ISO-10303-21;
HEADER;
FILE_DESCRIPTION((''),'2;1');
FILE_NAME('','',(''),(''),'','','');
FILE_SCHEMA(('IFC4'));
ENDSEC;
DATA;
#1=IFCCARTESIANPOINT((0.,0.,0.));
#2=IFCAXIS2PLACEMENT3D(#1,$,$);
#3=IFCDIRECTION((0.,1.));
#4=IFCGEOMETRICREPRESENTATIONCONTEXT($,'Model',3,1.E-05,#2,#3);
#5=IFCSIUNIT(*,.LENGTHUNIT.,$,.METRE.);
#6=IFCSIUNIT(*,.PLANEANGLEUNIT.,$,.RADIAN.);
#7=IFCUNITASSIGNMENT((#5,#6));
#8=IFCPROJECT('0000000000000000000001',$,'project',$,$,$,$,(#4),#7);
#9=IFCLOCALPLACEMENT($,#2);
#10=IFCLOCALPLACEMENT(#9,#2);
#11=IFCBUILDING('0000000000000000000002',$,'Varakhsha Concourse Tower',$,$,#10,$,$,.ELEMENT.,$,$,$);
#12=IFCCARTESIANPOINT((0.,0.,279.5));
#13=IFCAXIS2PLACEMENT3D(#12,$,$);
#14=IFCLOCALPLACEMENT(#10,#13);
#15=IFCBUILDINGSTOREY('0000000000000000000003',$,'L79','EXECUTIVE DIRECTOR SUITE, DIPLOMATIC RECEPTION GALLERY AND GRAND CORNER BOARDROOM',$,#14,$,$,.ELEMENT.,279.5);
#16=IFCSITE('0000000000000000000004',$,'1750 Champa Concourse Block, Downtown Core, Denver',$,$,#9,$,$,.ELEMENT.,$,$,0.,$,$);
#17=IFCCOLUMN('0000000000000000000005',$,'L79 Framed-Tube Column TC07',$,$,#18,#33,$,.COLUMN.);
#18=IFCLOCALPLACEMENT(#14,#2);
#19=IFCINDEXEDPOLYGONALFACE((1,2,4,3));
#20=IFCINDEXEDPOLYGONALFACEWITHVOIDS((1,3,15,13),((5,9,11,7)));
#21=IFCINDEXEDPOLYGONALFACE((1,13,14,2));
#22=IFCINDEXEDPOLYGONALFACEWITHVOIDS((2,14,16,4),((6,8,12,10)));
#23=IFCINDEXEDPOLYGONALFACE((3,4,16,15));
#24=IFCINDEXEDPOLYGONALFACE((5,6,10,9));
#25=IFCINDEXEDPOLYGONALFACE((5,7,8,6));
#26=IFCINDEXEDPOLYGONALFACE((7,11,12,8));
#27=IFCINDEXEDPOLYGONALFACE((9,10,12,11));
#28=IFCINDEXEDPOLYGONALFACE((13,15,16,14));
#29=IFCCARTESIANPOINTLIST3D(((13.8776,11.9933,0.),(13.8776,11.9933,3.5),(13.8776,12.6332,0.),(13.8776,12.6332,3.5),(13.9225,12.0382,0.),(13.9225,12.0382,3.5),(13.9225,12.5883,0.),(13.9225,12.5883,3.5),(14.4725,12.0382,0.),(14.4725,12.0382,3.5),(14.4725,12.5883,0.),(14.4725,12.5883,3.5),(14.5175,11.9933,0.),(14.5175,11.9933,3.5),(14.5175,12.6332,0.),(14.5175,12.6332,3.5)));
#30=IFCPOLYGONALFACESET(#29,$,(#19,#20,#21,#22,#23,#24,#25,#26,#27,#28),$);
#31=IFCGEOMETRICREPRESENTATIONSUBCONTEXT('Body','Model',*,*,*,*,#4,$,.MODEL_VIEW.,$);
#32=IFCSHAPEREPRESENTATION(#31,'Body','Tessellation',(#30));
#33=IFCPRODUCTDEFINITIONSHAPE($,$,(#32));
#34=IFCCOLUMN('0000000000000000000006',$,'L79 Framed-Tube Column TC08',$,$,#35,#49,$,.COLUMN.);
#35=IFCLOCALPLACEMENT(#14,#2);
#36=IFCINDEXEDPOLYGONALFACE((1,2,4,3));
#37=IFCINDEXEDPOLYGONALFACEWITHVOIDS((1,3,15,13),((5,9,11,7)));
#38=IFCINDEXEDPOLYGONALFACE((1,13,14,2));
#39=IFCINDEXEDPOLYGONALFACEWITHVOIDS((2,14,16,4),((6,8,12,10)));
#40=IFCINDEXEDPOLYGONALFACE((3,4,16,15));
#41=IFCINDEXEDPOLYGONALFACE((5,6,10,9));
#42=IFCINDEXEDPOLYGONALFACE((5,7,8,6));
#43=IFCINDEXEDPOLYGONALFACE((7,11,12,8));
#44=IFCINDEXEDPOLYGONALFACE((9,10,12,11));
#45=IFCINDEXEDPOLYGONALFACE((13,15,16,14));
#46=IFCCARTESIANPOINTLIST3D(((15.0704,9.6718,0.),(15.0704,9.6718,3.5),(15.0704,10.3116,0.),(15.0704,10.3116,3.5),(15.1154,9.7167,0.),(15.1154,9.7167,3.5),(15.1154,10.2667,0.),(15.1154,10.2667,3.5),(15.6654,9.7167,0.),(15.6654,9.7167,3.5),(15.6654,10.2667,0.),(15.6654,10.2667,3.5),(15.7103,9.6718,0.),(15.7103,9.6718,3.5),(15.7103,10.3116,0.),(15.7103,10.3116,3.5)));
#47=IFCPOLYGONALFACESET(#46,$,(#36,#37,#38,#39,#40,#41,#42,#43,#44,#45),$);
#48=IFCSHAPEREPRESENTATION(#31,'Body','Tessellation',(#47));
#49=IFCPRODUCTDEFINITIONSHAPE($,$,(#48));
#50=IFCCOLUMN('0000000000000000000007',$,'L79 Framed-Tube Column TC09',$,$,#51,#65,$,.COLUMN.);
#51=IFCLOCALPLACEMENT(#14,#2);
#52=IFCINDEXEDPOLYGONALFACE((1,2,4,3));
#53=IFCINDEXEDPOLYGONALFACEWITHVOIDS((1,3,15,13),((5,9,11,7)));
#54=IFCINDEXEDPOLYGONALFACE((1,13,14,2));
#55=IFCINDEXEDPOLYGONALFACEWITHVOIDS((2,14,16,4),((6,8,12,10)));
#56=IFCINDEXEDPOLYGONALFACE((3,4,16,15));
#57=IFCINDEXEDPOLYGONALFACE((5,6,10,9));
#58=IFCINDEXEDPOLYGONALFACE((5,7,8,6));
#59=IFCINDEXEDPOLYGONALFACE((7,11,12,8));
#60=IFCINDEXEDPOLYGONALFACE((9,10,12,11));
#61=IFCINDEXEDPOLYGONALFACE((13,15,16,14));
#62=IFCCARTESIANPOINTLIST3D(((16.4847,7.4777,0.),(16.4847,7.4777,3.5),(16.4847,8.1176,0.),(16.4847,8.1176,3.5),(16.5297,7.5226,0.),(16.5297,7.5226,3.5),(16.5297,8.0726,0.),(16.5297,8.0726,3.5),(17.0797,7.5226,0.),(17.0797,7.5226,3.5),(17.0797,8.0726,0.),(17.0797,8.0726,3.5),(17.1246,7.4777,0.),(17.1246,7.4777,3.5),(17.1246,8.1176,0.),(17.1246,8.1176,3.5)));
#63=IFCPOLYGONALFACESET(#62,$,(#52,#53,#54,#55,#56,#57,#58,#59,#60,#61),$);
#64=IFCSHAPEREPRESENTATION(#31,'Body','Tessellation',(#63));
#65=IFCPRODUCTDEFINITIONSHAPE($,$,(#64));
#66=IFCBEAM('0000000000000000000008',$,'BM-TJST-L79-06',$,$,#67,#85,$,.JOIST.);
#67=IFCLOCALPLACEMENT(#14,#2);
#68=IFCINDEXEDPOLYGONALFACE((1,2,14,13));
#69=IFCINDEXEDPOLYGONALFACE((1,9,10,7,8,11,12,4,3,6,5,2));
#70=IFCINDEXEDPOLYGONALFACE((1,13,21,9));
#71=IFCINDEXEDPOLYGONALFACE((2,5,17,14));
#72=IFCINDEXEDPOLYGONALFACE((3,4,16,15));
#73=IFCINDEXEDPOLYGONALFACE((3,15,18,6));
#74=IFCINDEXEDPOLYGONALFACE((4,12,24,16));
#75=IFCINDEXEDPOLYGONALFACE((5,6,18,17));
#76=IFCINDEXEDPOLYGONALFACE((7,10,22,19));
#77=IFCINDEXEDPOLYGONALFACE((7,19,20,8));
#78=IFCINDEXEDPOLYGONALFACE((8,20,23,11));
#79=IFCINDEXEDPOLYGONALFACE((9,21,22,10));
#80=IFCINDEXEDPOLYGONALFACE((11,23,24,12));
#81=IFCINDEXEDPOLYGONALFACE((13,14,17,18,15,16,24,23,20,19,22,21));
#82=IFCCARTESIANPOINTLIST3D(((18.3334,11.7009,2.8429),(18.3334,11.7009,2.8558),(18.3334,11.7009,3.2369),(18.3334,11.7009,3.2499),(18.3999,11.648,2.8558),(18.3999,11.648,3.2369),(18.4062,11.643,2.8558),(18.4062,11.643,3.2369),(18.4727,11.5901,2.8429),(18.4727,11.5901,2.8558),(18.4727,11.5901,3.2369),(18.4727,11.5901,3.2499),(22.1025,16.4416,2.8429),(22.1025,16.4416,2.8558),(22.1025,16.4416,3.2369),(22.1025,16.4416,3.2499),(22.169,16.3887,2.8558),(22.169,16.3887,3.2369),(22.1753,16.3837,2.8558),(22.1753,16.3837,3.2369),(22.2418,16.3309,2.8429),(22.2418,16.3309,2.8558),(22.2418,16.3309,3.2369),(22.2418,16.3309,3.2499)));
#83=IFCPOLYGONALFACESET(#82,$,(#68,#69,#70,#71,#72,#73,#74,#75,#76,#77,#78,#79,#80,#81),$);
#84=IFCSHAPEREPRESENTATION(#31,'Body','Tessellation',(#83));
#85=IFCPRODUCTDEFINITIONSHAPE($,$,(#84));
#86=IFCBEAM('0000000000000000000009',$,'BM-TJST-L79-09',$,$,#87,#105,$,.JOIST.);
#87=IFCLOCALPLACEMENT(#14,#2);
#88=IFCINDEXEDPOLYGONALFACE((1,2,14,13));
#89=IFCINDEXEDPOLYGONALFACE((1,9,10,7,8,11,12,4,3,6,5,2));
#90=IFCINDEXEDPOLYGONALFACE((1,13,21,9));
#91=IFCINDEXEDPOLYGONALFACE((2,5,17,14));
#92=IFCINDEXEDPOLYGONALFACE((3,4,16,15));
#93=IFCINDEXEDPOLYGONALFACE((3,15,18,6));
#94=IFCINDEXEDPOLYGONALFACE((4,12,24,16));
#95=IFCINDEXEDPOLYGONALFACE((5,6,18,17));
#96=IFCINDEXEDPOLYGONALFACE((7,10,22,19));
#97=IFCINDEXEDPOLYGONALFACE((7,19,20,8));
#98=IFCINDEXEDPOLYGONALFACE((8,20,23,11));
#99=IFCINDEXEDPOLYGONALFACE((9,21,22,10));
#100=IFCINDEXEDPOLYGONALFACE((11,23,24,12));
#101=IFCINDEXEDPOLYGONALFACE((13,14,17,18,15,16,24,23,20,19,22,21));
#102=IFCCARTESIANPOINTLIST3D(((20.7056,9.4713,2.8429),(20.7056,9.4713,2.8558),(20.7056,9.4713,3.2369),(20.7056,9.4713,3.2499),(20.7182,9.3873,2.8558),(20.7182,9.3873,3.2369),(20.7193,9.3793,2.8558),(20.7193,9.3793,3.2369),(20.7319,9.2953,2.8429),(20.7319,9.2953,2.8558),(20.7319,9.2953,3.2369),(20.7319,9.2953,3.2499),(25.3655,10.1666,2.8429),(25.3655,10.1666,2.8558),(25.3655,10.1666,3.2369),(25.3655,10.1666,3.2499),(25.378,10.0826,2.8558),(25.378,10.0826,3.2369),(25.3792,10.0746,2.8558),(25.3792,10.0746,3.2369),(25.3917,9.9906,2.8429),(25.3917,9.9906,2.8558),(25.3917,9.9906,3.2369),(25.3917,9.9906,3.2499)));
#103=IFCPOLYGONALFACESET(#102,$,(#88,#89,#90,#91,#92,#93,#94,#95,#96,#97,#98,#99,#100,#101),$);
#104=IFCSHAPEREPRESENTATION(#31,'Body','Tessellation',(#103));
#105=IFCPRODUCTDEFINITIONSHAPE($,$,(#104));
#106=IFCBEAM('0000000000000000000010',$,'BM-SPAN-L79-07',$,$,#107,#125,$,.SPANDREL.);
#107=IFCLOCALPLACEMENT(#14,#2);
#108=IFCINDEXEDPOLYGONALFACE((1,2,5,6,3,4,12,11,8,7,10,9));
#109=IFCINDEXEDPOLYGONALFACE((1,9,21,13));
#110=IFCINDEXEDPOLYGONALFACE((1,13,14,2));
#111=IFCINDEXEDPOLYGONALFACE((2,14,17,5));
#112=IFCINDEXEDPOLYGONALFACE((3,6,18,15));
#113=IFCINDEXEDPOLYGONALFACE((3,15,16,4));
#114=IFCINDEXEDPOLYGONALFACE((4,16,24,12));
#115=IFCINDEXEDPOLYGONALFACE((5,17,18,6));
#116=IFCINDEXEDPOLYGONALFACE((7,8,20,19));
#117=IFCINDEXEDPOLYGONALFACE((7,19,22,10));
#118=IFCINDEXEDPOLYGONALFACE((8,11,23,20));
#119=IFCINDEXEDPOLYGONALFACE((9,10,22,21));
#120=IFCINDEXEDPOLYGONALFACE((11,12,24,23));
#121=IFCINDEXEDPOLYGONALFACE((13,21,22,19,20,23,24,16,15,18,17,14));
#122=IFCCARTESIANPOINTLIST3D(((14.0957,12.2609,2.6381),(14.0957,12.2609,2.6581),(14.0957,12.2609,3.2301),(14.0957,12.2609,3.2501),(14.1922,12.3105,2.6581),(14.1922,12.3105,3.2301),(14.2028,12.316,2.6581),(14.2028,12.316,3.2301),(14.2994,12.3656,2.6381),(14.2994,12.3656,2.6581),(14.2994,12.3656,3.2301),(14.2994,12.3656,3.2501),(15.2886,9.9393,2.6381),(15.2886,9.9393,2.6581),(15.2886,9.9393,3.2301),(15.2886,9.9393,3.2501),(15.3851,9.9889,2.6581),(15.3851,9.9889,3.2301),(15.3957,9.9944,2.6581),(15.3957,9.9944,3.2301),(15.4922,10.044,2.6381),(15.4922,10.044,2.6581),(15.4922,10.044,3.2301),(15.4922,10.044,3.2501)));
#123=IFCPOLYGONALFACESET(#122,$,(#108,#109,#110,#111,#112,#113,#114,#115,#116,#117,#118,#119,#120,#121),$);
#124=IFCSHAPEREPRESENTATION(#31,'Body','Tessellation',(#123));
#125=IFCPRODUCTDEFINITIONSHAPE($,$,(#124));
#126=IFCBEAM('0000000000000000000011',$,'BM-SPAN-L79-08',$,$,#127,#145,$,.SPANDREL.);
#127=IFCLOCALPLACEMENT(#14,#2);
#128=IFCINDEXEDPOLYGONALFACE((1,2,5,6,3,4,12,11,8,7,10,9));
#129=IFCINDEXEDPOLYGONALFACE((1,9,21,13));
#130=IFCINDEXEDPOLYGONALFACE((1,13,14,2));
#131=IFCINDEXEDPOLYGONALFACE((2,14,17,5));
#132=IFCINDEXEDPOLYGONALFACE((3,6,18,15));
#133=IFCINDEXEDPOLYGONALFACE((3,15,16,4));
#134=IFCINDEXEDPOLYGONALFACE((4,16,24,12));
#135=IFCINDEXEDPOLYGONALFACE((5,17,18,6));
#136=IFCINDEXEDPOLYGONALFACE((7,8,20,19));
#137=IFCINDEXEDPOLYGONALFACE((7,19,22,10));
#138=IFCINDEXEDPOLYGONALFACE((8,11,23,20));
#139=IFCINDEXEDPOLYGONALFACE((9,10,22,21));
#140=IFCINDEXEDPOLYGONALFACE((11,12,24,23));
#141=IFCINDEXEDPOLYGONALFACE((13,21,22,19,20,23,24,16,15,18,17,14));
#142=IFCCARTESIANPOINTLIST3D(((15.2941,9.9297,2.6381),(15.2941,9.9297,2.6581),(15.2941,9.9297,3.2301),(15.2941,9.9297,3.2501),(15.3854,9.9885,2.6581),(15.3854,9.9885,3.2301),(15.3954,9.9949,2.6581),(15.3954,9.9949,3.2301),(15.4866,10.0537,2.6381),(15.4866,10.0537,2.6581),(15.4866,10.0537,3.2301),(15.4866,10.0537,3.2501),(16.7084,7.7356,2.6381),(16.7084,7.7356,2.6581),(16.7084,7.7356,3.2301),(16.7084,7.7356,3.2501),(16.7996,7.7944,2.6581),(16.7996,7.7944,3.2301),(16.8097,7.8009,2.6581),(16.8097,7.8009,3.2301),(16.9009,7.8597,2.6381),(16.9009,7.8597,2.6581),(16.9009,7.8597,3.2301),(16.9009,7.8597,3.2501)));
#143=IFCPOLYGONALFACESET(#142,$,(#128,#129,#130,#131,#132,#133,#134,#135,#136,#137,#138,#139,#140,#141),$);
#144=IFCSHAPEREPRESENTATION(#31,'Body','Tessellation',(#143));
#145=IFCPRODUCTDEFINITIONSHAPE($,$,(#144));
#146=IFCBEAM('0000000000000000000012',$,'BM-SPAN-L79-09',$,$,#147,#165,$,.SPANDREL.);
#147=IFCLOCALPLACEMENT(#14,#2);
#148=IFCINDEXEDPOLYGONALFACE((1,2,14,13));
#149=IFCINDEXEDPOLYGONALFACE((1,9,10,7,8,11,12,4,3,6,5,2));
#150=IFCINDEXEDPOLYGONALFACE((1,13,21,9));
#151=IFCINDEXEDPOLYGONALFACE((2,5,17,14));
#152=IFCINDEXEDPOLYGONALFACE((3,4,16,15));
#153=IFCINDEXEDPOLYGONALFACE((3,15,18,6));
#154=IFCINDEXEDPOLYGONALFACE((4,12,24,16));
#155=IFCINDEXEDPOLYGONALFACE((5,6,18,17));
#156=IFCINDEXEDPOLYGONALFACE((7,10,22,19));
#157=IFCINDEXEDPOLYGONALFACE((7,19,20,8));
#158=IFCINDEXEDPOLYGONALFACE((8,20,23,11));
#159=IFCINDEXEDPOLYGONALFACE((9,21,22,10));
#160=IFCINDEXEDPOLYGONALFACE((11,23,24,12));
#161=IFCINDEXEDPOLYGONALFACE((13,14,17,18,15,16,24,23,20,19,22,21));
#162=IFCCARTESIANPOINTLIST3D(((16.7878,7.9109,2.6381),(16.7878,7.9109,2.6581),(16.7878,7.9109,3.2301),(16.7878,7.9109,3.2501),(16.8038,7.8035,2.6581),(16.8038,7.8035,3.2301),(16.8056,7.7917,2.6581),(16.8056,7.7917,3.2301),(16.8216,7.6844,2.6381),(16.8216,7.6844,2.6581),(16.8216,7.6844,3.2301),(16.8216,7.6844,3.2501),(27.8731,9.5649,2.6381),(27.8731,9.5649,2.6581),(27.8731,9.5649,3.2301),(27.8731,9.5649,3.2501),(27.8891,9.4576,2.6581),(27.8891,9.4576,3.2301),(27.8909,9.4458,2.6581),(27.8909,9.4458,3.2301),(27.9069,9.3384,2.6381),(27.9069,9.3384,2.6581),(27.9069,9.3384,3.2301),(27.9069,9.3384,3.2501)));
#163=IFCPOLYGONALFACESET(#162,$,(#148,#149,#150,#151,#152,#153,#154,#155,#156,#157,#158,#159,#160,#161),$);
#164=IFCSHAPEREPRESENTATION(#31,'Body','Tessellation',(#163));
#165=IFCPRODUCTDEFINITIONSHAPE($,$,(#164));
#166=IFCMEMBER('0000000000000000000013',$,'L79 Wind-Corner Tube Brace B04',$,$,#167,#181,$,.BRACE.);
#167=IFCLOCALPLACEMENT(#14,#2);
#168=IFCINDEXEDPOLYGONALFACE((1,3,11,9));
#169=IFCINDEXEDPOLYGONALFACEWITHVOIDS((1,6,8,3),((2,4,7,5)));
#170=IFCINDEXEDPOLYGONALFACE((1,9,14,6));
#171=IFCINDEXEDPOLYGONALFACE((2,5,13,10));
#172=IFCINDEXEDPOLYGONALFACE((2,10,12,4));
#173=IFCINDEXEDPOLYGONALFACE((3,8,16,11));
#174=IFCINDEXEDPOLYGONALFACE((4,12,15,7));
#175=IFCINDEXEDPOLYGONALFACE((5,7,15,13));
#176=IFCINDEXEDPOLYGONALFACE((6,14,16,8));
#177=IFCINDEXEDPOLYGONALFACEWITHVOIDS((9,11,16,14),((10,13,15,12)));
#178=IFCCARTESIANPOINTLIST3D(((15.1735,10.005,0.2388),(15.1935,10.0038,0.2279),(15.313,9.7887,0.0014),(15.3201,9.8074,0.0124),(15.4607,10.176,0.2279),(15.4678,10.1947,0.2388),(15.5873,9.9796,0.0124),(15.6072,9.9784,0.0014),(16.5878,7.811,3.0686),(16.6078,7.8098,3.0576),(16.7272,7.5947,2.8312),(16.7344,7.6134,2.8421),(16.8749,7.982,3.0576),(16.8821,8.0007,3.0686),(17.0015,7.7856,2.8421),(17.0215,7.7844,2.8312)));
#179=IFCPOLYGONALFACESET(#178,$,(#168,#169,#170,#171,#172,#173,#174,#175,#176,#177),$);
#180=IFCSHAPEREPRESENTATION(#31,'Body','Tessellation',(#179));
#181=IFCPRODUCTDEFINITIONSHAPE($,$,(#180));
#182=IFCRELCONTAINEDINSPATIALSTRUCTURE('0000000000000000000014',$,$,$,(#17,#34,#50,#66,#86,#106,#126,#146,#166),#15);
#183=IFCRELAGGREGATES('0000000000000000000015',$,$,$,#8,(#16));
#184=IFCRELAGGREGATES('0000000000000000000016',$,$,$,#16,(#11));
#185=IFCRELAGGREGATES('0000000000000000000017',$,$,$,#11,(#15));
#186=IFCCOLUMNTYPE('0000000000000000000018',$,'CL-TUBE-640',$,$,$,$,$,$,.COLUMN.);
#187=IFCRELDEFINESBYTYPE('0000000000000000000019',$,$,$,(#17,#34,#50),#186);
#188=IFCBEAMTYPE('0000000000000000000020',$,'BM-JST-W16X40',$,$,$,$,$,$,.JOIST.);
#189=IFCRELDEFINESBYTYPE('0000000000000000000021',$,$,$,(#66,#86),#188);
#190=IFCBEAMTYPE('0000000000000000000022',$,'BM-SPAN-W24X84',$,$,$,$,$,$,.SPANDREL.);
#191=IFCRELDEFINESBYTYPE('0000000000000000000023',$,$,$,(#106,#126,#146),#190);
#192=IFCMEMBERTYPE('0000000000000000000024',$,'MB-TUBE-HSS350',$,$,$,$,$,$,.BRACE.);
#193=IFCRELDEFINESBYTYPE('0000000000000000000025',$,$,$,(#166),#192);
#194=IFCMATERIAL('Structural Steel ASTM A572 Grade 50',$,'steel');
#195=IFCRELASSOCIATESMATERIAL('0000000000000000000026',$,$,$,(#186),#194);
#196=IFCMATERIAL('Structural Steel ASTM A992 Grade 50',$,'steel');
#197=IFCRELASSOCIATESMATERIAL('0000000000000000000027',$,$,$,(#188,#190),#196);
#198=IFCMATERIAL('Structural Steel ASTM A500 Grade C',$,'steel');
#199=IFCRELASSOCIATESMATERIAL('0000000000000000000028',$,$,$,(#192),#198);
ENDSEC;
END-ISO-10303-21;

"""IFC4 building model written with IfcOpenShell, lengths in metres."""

from ifc_helpers import new_model, si_unit, direction, frame, origin, origin_2d, place, context, subcontext, project, spatial, hollow_rectangle, i_section, extrude, source, transform, mapped, material, material_profile, profile_set, type_object, element, save


model = new_model("IFC4")

# Units and contexts
model_context = context("Model", 3, precision=1e-05, world=origin(), true_north=direction((0.0, 1.0)))
body_context = subcontext(model_context, "Body", "Model", "MODEL_VIEW")
ifc_project = project(units=[si_unit("LENGTHUNIT", "METRE"), si_unit("PLANEANGLEUNIT", "RADIAN")], contexts=[model_context])

# Site, building, storey
site_placement = place(None, origin())
site = spatial("IfcSite", under=ifc_project, at=site_placement, Name="1750 Champa Concourse Block, Downtown Core, Denver", CompositionType="ELEMENT", RefElevation=0.0)
building_placement = place(site_placement, origin())
building = spatial("IfcBuilding", under=site, at=building_placement, Name="Varakhsha Concourse Tower", CompositionType="ELEMENT")
storey_placement = place(building_placement, frame((0.0, 0.0, 279.5)))
storey = spatial("IfcBuildingStorey", under=building, at=storey_placement, Name="L79", Description="EXECUTIVE DIRECTOR SUITE, DIPLOMATIC RECEPTION GALLERY AND GRAND CORNER BOARDROOM", CompositionType="ELEMENT", Elevation=279.5)

# Columns
ifc_material_1 = material(Name="Structural Steel ASTM A572 Grade 50", Category="steel")
ifc_material_profile_1 = material_profile(ifc_material_1, hollow_rectangle(XDim=0.6399, YDim=0.6399, WallThickness=0.0449, at=origin_2d()), Name="BOX 640x640x45")
ifc_profile_set_1 = profile_set([ifc_material_profile_1], Name="Structural Steel ASTM A572 Grade 50")
column_type = type_object("IfcColumnType", Name="CL-TUBE-640", PredefinedType="COLUMN", material=ifc_profile_set_1)
for number, where, z_axis, x_axis, name in (
    (1, (14.1975, 12.3132, 0.0), (0.0, 0.0, 1.0), (1.0, 0.0, 0.0), "L79 Framed-Tube Column TC07"),
    (2, (15.3904, 9.9917, 0.0), (0.0, 0.0, 1.0), (1.0, 0.0, 0.0), "L79 Framed-Tube Column TC08"),
    (3, (16.8047, 7.7976, 0.0), (0.0, 0.0, 1.0), (1.0, 0.0, 0.0), "L79 Framed-Tube Column TC09"),
):
    element("IfcColumn", number, at=place(storey_placement, frame(where, z_axis=z_axis, x_axis=x_axis)), inside=storey, type_object=column_type, Name=name, PredefinedType="COLUMN", context=body_context, shape_type="SweptSolid", body=[
        extrude(hollow_rectangle(XDim=0.6399, YDim=0.6399, WallThickness=0.0449, at=origin_2d()), origin(), (0.0, 0.0, 1.0), 3.5),
    ])

# Beams
ifc_material_2 = material(Name="Structural Steel ASTM A992 Grade 50", Category="steel")
ifc_material_profile_2 = material_profile(ifc_material_2, i_section(OverallWidth=0.178, OverallDepth=0.407, WebThickness=0.0081, FlangeThickness=0.0129, at=origin_2d()), Name="W16X40")
ifc_profile_set_2 = profile_set([ifc_material_profile_2], Name="Structural Steel ASTM A992 Grade 50")
beam_type_1 = type_object("IfcBeamType", Name="BM-JST-W16X40", PredefinedType="JOIST", material=ifc_profile_set_2)
beam_1_placement = place(storey_placement, frame((22.1721, 16.3862, 3.0464), z_axis=(-0.622323, -0.782761, 0.0), x_axis=(0.782761, -0.622323, 0.0)))
element("IfcBeam", 4, at=beam_1_placement, inside=storey, type_object=beam_type_1, Name="BM-TJST-L79-06", PredefinedType="JOIST", context=body_context, shape_type="SweptSolid", body=[
    extrude(i_section(OverallWidth=0.178, OverallDepth=0.407, WebThickness=0.0081, FlangeThickness=0.0129, at=origin_2d()), origin(), (0.0, 0.0, 1.0), 6.0564),
])
beam_2_placement = place(storey_placement, frame((20.7188, 9.3833, 3.0464), z_axis=(0.98905, 0.147578, 0.0), x_axis=(-0.147578, 0.98905, 0.0)))
element("IfcBeam", 5, at=beam_2_placement, inside=storey, type_object=beam_type_1, Name="BM-TJST-L79-09", PredefinedType="JOIST", context=body_context, shape_type="SweptSolid", body=[
    extrude(i_section(OverallWidth=0.178, OverallDepth=0.407, WebThickness=0.0081, FlangeThickness=0.0129, at=origin_2d()), origin(), (0.0, 0.0, 1.0), 4.7114),
])
ifc_material_profile_3 = material_profile(ifc_material_2, i_section(OverallWidth=0.229, OverallDepth=0.6121, WebThickness=0.012, FlangeThickness=0.02, at=origin_2d()), Name="W24X84")
ifc_profile_set_3 = profile_set([ifc_material_profile_3], Name="Structural Steel ASTM A992 Grade 50")
beam_type_2 = type_object("IfcBeamType", Name="BM-SPAN-W24X84", PredefinedType="SPANDREL", material=ifc_profile_set_3)
beam_3_placement = place(storey_placement, frame((14.1975, 12.3132, 2.9441), z_axis=(0.457027, -0.889453, 0.0), x_axis=(0.889453, 0.457027, 0.0)))
element("IfcBeam", 6, at=beam_3_placement, inside=storey, type_object=beam_type_2, Name="BM-SPAN-L79-07", PredefinedType="SPANDREL", context=body_context, shape_type="SweptSolid", body=[
    extrude(i_section(OverallWidth=0.229, OverallDepth=0.6121, WebThickness=0.012, FlangeThickness=0.02, at=origin_2d()), origin(), (0.0, 0.0, 1.0), 2.6101),
])
beam_4_placement = place(storey_placement, frame((15.3904, 9.9917, 2.9441), z_axis=(0.541792, -0.840512, 0.0), x_axis=(0.840512, 0.541792, 0.0)))
element("IfcBeam", 7, at=beam_4_placement, inside=storey, type_object=beam_type_2, Name="BM-SPAN-L79-08", PredefinedType="SPANDREL", context=body_context, shape_type="SweptSolid", body=[
    extrude(i_section(OverallWidth=0.229, OverallDepth=0.6121, WebThickness=0.012, FlangeThickness=0.02, at=origin_2d()), origin(), (0.0, 0.0, 1.0), 2.6104),
])
beam_5_placement = place(storey_placement, frame((16.8047, 7.7976, 2.9441), z_axis=(0.98905, 0.147579, 0.0), x_axis=(-0.147579, 0.98905, 0.0)))
element("IfcBeam", 8, at=beam_5_placement, inside=storey, type_object=beam_type_2, Name="BM-SPAN-L79-09", PredefinedType="SPANDREL", context=body_context, shape_type="SweptSolid", body=[
    extrude(i_section(OverallWidth=0.229, OverallDepth=0.6121, WebThickness=0.012, FlangeThickness=0.02, at=origin_2d()), origin(), (0.0, 0.0, 1.0), 11.208),
])

# Member
ifc_material_3 = material(Name="Structural Steel ASTM A500 Grade C", Category="steel")
ifc_material_profile_4 = material_profile(ifc_material_3, hollow_rectangle(XDim=0.3501, YDim=0.3501, WallThickness=0.0161, at=origin_2d()), Name="HSS 350x350x16")
ifc_profile_set_4 = profile_set([ifc_material_profile_4], Name="Structural Steel ASTM A500 Grade C")
member_type_1 = type_object("IfcMemberType", Name="MB-TUBE-HSS350", PredefinedType="BRACE", material=ifc_profile_set_4)
shared_shape_1 = source(origin(), body_context, "Body", "SweptSolid", [
    extrude(hollow_rectangle(XDim=0.3501, YDim=0.3501, WallThickness=0.0161, at=origin_2d()), origin(), (0.0, 0.0, 1.0), 3.8499),
])
member_1_placement = place(storey_placement, frame((15.3904, 9.9917, 0.1201), z_axis=(0.367355, -0.569899, 0.735028), x_axis=(0.840512, 0.541792, 0.0)))
element("IfcMember", 9, at=member_1_placement, inside=storey, type_object=member_type_1, Name="L79 Wind-Corner Tube Brace B04", PredefinedType="BRACE", context=body_context, shape_type="MappedRepresentation", body=[
    mapped(shared_shape_1, transform((0.0, 0.0, 0.0), scale=1.0)),
])

save(model, "model.ifc")
